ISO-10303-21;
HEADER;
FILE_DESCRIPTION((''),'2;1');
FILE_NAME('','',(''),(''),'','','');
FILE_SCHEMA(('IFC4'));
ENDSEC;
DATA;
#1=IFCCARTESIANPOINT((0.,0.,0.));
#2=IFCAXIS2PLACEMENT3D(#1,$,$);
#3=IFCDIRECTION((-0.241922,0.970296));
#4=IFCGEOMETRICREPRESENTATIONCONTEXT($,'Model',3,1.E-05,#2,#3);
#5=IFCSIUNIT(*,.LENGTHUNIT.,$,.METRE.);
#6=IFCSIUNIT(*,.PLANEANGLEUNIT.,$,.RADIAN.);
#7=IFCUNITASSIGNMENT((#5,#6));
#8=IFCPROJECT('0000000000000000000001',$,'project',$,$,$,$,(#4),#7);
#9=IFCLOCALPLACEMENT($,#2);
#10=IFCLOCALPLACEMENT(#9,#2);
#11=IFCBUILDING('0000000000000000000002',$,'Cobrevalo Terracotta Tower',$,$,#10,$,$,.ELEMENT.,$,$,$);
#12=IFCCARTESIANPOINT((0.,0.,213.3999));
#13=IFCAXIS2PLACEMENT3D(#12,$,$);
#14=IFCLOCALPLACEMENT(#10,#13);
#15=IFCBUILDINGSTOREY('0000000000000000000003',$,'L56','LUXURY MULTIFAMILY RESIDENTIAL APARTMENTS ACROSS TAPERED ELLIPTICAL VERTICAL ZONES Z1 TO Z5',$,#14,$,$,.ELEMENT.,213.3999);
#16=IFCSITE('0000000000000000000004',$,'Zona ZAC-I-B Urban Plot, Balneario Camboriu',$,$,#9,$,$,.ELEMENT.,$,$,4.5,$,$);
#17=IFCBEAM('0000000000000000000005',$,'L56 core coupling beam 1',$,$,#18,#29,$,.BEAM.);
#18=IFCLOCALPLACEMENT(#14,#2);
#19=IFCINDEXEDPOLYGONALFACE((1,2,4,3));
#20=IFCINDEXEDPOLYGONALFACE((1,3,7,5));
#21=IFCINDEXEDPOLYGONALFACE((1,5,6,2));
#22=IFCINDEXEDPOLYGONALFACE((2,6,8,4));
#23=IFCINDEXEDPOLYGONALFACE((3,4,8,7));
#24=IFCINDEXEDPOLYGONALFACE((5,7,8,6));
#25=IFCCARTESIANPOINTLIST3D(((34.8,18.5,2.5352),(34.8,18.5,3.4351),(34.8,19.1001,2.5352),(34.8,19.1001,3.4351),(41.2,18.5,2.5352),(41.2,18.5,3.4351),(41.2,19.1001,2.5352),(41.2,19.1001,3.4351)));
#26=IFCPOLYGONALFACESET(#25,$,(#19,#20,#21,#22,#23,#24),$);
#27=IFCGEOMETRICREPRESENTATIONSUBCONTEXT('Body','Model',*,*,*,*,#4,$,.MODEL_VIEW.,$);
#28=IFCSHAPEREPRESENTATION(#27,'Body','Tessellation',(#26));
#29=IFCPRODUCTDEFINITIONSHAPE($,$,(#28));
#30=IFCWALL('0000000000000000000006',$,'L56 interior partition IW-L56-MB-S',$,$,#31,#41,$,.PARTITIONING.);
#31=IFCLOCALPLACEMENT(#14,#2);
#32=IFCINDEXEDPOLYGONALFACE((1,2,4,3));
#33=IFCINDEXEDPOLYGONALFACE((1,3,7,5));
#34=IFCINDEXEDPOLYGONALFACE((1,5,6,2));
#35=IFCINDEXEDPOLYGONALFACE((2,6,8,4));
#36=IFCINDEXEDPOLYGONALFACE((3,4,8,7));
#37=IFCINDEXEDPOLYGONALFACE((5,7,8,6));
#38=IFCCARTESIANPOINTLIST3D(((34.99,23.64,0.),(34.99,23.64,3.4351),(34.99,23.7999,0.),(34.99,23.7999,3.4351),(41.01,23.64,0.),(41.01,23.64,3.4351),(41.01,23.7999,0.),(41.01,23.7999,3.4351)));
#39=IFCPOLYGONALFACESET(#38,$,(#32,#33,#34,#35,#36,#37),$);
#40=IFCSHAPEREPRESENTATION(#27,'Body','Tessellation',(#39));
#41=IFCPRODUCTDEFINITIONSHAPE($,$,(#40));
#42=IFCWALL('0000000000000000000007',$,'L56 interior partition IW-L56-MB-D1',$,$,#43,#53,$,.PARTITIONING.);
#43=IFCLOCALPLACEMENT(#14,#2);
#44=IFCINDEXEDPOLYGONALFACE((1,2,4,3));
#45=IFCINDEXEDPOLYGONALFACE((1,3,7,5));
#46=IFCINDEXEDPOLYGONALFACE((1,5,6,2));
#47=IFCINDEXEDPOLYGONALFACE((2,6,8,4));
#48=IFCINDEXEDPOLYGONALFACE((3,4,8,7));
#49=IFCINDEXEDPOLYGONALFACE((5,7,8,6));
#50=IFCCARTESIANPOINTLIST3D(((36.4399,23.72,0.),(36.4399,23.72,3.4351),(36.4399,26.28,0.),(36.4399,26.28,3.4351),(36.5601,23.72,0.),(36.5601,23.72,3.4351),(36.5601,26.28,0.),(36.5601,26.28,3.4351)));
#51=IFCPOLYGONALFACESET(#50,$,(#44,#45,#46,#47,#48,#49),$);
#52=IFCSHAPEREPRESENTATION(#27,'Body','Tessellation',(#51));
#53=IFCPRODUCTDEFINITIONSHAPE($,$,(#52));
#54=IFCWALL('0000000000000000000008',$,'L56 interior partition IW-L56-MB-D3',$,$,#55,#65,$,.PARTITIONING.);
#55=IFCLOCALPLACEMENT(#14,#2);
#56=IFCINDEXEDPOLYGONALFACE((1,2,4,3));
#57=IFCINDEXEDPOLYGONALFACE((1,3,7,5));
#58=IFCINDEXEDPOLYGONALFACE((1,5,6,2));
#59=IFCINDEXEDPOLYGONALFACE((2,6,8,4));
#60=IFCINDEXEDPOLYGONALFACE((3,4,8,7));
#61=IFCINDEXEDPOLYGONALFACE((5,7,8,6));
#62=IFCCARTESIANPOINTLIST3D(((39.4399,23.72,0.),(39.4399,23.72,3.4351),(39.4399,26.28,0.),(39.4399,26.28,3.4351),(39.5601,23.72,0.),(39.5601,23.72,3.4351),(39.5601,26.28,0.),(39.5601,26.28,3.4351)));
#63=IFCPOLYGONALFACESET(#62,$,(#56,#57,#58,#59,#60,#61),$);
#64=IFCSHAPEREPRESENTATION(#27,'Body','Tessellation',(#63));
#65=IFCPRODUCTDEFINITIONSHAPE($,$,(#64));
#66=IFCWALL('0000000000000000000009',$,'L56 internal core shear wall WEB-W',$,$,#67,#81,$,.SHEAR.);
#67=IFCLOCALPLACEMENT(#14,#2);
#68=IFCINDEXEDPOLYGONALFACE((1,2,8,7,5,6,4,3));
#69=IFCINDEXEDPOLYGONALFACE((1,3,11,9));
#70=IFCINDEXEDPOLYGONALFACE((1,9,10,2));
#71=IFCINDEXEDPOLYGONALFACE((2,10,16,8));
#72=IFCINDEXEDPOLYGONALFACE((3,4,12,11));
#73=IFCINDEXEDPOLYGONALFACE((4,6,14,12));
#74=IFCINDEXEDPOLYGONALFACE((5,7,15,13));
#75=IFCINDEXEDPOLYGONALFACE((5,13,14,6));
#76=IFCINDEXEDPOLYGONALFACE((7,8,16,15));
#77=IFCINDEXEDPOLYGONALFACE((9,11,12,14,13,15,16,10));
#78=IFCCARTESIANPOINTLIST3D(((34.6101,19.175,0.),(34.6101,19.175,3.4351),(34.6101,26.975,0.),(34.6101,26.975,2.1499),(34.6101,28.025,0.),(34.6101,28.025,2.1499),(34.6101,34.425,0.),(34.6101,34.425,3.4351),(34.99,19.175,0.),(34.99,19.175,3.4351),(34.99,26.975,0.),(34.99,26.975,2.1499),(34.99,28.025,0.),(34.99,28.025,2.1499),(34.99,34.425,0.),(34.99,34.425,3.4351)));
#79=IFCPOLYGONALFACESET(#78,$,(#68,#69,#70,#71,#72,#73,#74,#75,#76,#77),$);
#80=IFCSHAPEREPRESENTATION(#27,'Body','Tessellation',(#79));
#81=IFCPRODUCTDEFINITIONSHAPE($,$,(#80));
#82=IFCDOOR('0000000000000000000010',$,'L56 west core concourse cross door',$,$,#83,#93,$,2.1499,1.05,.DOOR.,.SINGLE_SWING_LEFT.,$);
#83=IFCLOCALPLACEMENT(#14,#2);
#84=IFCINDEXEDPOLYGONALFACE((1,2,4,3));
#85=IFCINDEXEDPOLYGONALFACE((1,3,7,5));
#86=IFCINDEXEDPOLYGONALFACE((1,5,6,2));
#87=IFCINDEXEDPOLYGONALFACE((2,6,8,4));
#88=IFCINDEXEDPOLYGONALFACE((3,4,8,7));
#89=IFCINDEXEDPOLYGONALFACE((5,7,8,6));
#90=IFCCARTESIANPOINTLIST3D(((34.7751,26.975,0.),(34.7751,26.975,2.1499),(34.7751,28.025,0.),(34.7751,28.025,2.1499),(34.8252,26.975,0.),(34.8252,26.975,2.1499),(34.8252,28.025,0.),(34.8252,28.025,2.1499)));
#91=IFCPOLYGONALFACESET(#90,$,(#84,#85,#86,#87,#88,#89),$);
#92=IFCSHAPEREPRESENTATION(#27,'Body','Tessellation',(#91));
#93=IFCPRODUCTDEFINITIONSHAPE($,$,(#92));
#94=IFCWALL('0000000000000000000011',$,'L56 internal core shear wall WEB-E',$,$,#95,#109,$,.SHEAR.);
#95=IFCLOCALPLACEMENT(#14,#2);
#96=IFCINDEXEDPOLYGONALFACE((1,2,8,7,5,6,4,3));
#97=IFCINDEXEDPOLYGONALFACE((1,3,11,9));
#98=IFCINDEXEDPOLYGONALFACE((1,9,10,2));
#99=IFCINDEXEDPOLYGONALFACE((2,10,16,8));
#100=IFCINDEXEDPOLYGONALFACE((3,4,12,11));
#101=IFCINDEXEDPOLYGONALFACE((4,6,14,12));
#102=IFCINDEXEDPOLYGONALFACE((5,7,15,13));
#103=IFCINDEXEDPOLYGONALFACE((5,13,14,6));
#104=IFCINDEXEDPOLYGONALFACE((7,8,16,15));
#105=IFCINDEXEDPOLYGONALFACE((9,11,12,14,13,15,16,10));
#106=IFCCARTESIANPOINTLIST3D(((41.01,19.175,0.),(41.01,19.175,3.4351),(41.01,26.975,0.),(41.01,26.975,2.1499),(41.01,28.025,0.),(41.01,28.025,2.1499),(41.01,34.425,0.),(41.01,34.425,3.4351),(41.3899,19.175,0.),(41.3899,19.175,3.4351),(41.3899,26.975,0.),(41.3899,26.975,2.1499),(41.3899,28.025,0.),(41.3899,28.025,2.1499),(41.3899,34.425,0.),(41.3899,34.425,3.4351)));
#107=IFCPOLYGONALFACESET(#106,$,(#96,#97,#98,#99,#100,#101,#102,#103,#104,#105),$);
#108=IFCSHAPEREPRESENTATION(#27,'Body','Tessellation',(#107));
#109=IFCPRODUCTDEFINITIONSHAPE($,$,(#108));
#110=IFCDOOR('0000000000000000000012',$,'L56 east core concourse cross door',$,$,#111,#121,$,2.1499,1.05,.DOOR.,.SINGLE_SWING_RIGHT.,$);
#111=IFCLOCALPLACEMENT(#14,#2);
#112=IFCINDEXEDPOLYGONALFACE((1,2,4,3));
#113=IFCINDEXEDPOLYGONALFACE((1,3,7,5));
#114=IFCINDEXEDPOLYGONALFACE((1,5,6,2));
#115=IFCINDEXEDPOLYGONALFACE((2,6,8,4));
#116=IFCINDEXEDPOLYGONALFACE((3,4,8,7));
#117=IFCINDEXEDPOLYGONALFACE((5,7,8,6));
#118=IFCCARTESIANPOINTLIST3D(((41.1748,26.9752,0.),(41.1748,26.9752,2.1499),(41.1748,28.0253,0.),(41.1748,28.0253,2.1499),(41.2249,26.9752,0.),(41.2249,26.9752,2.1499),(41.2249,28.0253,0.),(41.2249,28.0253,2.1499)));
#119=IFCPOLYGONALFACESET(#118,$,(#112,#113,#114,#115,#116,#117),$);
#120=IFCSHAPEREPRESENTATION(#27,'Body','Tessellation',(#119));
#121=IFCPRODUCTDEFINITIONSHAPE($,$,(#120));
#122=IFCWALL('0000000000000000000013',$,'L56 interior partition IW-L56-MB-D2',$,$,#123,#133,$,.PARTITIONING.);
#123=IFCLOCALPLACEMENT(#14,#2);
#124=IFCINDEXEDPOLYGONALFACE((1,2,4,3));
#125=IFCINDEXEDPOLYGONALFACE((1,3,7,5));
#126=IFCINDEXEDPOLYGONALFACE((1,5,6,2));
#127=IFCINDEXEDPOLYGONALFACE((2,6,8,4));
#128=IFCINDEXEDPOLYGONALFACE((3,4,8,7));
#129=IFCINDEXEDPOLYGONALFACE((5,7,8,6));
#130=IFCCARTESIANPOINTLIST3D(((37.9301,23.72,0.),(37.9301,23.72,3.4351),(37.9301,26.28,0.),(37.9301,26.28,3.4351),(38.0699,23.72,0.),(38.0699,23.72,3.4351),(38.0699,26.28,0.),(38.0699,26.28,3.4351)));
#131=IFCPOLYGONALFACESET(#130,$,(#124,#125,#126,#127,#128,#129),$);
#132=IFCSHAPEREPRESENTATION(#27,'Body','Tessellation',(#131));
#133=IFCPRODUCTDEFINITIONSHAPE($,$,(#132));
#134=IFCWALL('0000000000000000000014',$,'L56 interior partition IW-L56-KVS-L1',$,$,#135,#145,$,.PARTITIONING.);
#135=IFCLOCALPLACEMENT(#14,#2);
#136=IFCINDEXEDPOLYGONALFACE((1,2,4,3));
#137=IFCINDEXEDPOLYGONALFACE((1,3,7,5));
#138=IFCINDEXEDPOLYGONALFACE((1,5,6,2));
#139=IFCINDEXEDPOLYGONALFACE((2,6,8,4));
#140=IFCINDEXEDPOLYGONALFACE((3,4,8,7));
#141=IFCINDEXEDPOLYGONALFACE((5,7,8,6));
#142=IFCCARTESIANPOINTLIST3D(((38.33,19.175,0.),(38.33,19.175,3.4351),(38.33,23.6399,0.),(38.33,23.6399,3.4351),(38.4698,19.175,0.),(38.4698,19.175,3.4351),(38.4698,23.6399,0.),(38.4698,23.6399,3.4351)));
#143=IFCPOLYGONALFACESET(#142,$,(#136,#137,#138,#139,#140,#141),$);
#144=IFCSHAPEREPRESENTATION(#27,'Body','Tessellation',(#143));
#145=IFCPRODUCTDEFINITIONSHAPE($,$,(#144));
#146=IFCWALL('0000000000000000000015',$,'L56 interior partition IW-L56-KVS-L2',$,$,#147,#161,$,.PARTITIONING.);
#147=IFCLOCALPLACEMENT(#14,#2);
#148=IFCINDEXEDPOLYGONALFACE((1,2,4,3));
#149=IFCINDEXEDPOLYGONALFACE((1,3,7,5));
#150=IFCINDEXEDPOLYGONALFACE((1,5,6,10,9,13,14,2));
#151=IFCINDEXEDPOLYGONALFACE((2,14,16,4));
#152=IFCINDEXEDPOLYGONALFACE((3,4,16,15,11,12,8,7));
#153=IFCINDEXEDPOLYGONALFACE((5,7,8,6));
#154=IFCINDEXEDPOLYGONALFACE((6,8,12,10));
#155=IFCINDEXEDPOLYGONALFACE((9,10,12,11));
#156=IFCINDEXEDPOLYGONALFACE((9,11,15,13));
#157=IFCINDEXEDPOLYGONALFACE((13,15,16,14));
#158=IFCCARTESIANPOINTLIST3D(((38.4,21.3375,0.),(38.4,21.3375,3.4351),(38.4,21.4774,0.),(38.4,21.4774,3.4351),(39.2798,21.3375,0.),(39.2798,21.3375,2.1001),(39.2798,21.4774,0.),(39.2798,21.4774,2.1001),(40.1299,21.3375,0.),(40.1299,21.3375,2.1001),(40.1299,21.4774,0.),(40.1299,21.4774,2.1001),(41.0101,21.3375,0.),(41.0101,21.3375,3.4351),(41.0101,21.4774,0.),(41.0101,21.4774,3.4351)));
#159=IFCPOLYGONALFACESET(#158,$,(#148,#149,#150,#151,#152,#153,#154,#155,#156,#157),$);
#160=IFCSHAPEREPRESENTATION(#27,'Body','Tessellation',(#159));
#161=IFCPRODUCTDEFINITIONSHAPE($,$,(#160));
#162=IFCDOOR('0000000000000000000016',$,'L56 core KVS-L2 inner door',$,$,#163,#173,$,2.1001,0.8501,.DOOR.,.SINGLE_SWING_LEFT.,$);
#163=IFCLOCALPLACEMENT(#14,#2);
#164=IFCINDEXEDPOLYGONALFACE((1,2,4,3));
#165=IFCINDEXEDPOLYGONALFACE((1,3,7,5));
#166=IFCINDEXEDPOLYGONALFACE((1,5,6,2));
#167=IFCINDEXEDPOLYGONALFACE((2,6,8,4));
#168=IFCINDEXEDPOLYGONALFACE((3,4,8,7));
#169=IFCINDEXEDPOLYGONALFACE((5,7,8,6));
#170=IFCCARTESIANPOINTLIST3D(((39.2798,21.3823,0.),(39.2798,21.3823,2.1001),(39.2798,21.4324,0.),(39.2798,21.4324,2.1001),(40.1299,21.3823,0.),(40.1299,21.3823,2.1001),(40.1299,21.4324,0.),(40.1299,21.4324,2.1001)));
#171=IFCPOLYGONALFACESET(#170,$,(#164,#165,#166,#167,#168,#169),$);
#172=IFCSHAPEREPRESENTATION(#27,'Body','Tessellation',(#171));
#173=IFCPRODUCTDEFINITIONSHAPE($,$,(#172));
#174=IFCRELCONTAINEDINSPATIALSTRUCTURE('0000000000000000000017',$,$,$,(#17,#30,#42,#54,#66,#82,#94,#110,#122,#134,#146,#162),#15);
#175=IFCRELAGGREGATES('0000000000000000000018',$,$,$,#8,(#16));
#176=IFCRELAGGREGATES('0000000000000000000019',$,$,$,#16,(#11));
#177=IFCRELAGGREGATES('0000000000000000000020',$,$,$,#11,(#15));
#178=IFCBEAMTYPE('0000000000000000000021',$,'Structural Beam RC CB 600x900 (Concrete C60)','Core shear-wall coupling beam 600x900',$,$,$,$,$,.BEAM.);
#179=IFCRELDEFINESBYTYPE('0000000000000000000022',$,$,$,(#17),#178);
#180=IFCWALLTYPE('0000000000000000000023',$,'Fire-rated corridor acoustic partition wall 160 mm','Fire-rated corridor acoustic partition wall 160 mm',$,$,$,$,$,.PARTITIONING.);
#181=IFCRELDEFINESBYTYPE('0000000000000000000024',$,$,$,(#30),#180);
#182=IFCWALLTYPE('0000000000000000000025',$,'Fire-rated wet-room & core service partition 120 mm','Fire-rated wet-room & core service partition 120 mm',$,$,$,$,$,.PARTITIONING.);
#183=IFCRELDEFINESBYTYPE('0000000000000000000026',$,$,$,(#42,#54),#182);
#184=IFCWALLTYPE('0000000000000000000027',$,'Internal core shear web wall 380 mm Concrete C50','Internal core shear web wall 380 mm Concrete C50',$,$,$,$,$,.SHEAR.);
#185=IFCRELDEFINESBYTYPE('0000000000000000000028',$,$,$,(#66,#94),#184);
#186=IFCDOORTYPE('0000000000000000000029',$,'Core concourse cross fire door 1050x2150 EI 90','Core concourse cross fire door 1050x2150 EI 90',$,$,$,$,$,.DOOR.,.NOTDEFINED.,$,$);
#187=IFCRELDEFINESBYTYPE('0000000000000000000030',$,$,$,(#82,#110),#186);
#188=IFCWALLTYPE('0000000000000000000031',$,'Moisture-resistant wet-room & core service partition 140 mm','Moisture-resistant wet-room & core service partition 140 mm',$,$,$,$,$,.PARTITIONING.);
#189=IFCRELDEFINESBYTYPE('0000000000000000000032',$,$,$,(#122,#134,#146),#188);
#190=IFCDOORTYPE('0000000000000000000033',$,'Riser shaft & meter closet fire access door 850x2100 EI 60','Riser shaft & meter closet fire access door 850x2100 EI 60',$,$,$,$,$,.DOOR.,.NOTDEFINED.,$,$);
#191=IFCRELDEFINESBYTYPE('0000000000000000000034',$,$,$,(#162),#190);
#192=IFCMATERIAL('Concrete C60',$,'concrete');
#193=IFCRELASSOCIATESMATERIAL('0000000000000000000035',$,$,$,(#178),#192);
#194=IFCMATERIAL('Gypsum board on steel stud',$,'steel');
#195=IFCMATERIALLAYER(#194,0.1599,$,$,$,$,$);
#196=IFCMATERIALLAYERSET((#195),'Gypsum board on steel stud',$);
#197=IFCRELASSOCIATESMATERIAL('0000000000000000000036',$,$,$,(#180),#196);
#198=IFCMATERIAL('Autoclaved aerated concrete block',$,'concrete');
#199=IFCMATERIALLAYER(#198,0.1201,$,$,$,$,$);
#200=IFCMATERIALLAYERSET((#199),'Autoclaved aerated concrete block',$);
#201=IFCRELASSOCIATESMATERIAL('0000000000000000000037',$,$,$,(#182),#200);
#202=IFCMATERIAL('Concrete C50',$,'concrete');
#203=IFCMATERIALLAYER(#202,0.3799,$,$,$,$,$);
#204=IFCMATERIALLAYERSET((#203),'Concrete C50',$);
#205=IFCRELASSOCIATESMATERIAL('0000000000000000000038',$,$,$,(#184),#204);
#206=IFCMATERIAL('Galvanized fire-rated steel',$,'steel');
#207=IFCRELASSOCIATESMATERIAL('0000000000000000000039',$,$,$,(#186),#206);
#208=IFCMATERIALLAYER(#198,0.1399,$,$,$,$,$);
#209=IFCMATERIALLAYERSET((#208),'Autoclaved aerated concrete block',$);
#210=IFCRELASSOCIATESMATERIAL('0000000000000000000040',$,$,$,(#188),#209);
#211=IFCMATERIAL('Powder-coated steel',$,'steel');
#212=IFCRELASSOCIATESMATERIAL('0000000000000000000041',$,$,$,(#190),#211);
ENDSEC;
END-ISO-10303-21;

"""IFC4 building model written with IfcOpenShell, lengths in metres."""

from ifc_helpers import new_model, si_unit, direction, frame, frame_2d, origin, origin_2d, place, context, subcontext, project, spatial, rectangle, extrude, source, transform, mapped, material, layer, layer_set, material_profile, profile_set, type_object, element, fill, save


model = new_model("IFC4")

# Units and contexts
model_context = context("Model", 3, precision=1e-05, world=origin(), true_north=direction((-0.241922, 0.970296)))
body_context = subcontext(model_context, "Body", "Model", "MODEL_VIEW")
ifc_project = project(units=[si_unit("LENGTHUNIT", "METRE"), si_unit("PLANEANGLEUNIT", "RADIAN")], contexts=[model_context])

# Site, building, storey
site_placement = place(None, origin())
site = spatial("IfcSite", under=ifc_project, at=site_placement, Name="Zona ZAC-I-B Urban Plot, Balneario Camboriu", CompositionType="ELEMENT", RefElevation=4.5)
building_placement = place(site_placement, origin())
building = spatial("IfcBuilding", under=site, at=building_placement, Name="Cobrevalo Terracotta Tower", CompositionType="ELEMENT")
storey_placement = place(building_placement, frame((0.0, 0.0, 213.3999)))
storey = spatial("IfcBuildingStorey", under=building, at=storey_placement, Name="L56", Description="LUXURY MULTIFAMILY RESIDENTIAL APARTMENTS ACROSS TAPERED ELLIPTICAL VERTICAL ZONES Z1 TO Z5", CompositionType="ELEMENT", Elevation=213.3999)

# Beam
ifc_material_1 = material(Name="Concrete C60", Category="concrete")
ifc_material_profile = material_profile(ifc_material_1, rectangle(XDim=0.6001, YDim=0.8999, at=origin_2d()), Name="RC CB 600x900")
ifc_profile_set = profile_set([ifc_material_profile], Name="Concrete C60")
beam_type = type_object("IfcBeamType", Name="Structural Beam RC CB 600x900 (Concrete C60)", Description="Core shear-wall coupling beam 600x900", PredefinedType="BEAM", material=ifc_profile_set)
beam_placement = place(storey_placement, frame((34.8, 18.8, 2.9851), z_axis=(1.0, 0.0, 0.0), x_axis=(0.0, 1.0, 0.0)))
element("IfcBeam", 1, at=beam_placement, inside=storey, type_object=beam_type, Name="L56 core coupling beam 1", PredefinedType="BEAM", context=body_context, shape_type="SweptSolid", body=[
    extrude(rectangle(XDim=0.6001, YDim=0.8999, at=origin_2d()), origin(), (0.0, 0.0, 1.0), 6.3999),
])

# Walls
ifc_material_2 = material(Name="Gypsum board on steel stud", Category="steel")
ifc_layer_1 = layer(ifc_material_2, 0.1599)
ifc_layer_set_1 = layer_set([ifc_layer_1], Name="Gypsum board on steel stud")
wall_type_1 = type_object("IfcWallType", Name="Fire-rated corridor acoustic partition wall 160 mm", Description="Fire-rated corridor acoustic partition wall 160 mm", PredefinedType="PARTITIONING", material=ifc_layer_set_1)
wall_1_placement = place(storey_placement, frame((34.99, 23.72, 0.0), z_axis=(0.0, 0.0, 1.0), x_axis=(1.0, 0.0, 0.0)))
element("IfcWall", 2, at=wall_1_placement, inside=storey, type_object=wall_type_1, Name="L56 interior partition IW-L56-MB-S", PredefinedType="PARTITIONING", context=body_context, shape_type="SweptSolid", body=[
    extrude(rectangle(XDim=6.02, YDim=0.1599, at=frame_2d((3.01, 0.0))), origin(), (0.0, 0.0, 1.0), 3.4351),
])
ifc_material_3 = material(Name="Autoclaved aerated concrete block", Category="concrete")
ifc_layer_2 = layer(ifc_material_3, 0.1201)
ifc_layer_set_2 = layer_set([ifc_layer_2], Name="Autoclaved aerated concrete block")
wall_type_2 = type_object("IfcWallType", Name="Fire-rated wet-room & core service partition 120 mm", Description="Fire-rated wet-room & core service partition 120 mm", PredefinedType="PARTITIONING", material=ifc_layer_set_2)
for number, where, z_axis, x_axis, name in (
    (3, (36.5, 23.72, 0.0), (0.0, 0.0, 1.0), (0.0, 1.0, 0.0), "L56 interior partition IW-L56-MB-D1"),
    (4, (39.5, 23.72, 0.0), (0.0, 0.0, 1.0), (0.0, 1.0, 0.0), "L56 interior partition IW-L56-MB-D3"),
):
    element("IfcWall", number, at=place(storey_placement, frame(where, z_axis=z_axis, x_axis=x_axis)), inside=storey, type_object=wall_type_2, Name=name, PredefinedType="PARTITIONING", context=body_context, shape_type="SweptSolid", body=[
        extrude(rectangle(XDim=2.5601, YDim=0.1201, at=frame_2d((1.28, 0.0))), origin(), (0.0, 0.0, 1.0), 3.4351),
    ])

# Walls, openings, doors
ifc_material_4 = material(Name="Concrete C50", Category="concrete")
ifc_layer_3 = layer(ifc_material_4, 0.3799)
ifc_layer_set_3 = layer_set([ifc_layer_3], Name="Concrete C50")
wall_type_3 = type_object("IfcWallType", Name="Internal core shear web wall 380 mm Concrete C50", Description="Internal core shear web wall 380 mm Concrete C50", PredefinedType="SHEAR", material=ifc_layer_set_3)
wall_2_placement = place(storey_placement, frame((34.8, 19.175, 0.0), z_axis=(0.0, 0.0, 1.0), x_axis=(0.0, 1.0, 0.0)))
wall_2 = element("IfcWall", 5, at=wall_2_placement, inside=storey, type_object=wall_type_3, Name="L56 internal core shear wall WEB-W", PredefinedType="SHEAR", context=body_context, shape_type="SweptSolid", body=[
    extrude(rectangle(XDim=15.25, YDim=0.3799, at=frame_2d((7.625, 0.0))), origin(), (0.0, 0.0, 1.0), 3.4351),
])
opening_1_placement = place(wall_2_placement, frame((7.8, 0.0, 0.0)))
opening_1 = element("IfcOpeningElement", 6, at=opening_1_placement, cuts=wall_2, PredefinedType="OPENING", context=body_context, shape_type="SweptSolid", body=[
    extrude(rectangle(XDim=1.05, YDim=2.1499, at=frame_2d((0.5249, 1.075))), frame((0.0, 0.2, 0.0), z_axis=(0.0, -1.0, 0.0), x_axis=(1.0, 0.0, 0.0)), (0.0, 0.0, 1.0), 0.3999),
])
ifc_material_5 = material(Name="Galvanized fire-rated steel", Category="steel")
door_type_1 = type_object("IfcDoorType", Name="Core concourse cross fire door 1050x2150 EI 90", Description="Core concourse cross fire door 1050x2150 EI 90", OperationType="NOTDEFINED", PredefinedType="DOOR", material=ifc_material_5)
shared_shape_1 = source(origin(), body_context, "Body", "SweptSolid", [
    extrude(rectangle(XDim=1.05, YDim=2.1499, at=frame_2d((0.5249, 1.075))), frame((0.0, 0.0249, 0.0), z_axis=(0.0, -1.0, 0.0), x_axis=(1.0, 0.0, 0.0)), (0.0, 0.0, 1.0), 0.05),
])
door_1_placement = place(opening_1_placement, origin())
door_1 = element("IfcDoor", 7, at=door_1_placement, inside=storey, type_object=door_type_1, Name="L56 west core concourse cross door", OperationType="SINGLE_SWING_LEFT", OverallHeight=2.1499, OverallWidth=1.05, PredefinedType="DOOR", context=body_context, shape_type="MappedRepresentation", body=[
    mapped(shared_shape_1, transform((0.0, 0.0, 0.0), scale=1.0)),
])
fill(opening_1, door_1)
wall_3_placement = place(storey_placement, frame((41.2, 19.175, 0.0), z_axis=(0.0, 0.0, 1.0), x_axis=(0.0, 1.0, 0.0)))
wall_3 = element("IfcWall", 8, at=wall_3_placement, inside=storey, type_object=wall_type_3, Name="L56 internal core shear wall WEB-E", PredefinedType="SHEAR", context=body_context, shape_type="SweptSolid", body=[
    extrude(rectangle(XDim=15.25, YDim=0.3799, at=frame_2d((7.625, 0.0))), origin(), (0.0, 0.0, 1.0), 3.4351),
])
opening_2_placement = place(wall_3_placement, frame((7.8, 0.0, 0.0)))
opening_2 = element("IfcOpeningElement", 9, at=opening_2_placement, cuts=wall_3, PredefinedType="OPENING", context=body_context, shape_type="SweptSolid", body=[
    extrude(rectangle(XDim=1.05, YDim=2.1499, at=frame_2d((0.5249, 1.075))), frame((0.0, 0.2, 0.0), z_axis=(0.0, -1.0, 0.0), x_axis=(1.0, 0.0, 0.0)), (0.0, 0.0, 1.0), 0.3999),
])
door_2_placement = place(opening_2_placement, frame((1.05, 0.0, 0.0), z_axis=(0.0, 0.0, 1.0), x_axis=(-1.0, 0.0, 0.0)))
door_2 = element("IfcDoor", 10, at=door_2_placement, inside=storey, type_object=door_type_1, Name="L56 east core concourse cross door", OperationType="SINGLE_SWING_RIGHT", OverallHeight=2.1499, OverallWidth=1.05, PredefinedType="DOOR", context=body_context, shape_type="MappedRepresentation", body=[
    mapped(shared_shape_1, transform((0.0, 0.0, 0.0), scale=1.0)),
])
fill(opening_2, door_2)

# Walls
ifc_layer_4 = layer(ifc_material_3, 0.1399)
ifc_layer_set_4 = layer_set([ifc_layer_4], Name="Autoclaved aerated concrete block")
wall_type_4 = type_object("IfcWallType", Name="Moisture-resistant wet-room & core service partition 140 mm", Description="Moisture-resistant wet-room & core service partition 140 mm", PredefinedType="PARTITIONING", material=ifc_layer_set_4)
wall_4_placement = place(storey_placement, frame((38.0, 23.72, 0.0), z_axis=(0.0, 0.0, 1.0), x_axis=(0.0, 1.0, 0.0)))
element("IfcWall", 11, at=wall_4_placement, inside=storey, type_object=wall_type_4, Name="L56 interior partition IW-L56-MB-D2", PredefinedType="PARTITIONING", context=body_context, shape_type="SweptSolid", body=[
    extrude(rectangle(XDim=2.5601, YDim=0.1399, at=frame_2d((1.28, 0.0))), origin(), (0.0, 0.0, 1.0), 3.4351),
])
wall_5_placement = place(storey_placement, frame((38.3999, 19.175, 0.0), z_axis=(0.0, 0.0, 1.0), x_axis=(0.0, 1.0, 0.0)))
element("IfcWall", 12, at=wall_5_placement, inside=storey, type_object=wall_type_4, Name="L56 interior partition IW-L56-KVS-L1", PredefinedType="PARTITIONING", context=body_context, shape_type="SweptSolid", body=[
    extrude(rectangle(XDim=4.4648, YDim=0.1399, at=frame_2d((2.2324, 0.0))), origin(), (0.0, 0.0, 1.0), 3.4351),
])

# Wall, opening, door
wall_6_placement = place(storey_placement, frame((38.3999, 21.4075, 0.0), z_axis=(0.0, 0.0, 1.0), x_axis=(1.0, 0.0, 0.0)))
wall_6 = element("IfcWall", 13, at=wall_6_placement, inside=storey, type_object=wall_type_4, Name="L56 interior partition IW-L56-KVS-L2", PredefinedType="PARTITIONING", context=body_context, shape_type="SweptSolid", body=[
    extrude(rectangle(XDim=2.6101, YDim=0.1399, at=frame_2d((1.3052, 0.0))), origin(), (0.0, 0.0, 1.0), 3.4351),
])
opening_3_placement = place(wall_6_placement, frame((0.8799, 0.0, 0.0)))
opening_3 = element("IfcOpeningElement", 14, at=opening_3_placement, cuts=wall_6, PredefinedType="OPENING", context=body_context, shape_type="SweptSolid", body=[
    extrude(rectangle(XDim=0.8501, YDim=2.1001, at=frame_2d((0.425, 1.05))), frame((0.0, 0.0801, 0.0), z_axis=(0.0, -1.0, 0.0), x_axis=(1.0, 0.0, 0.0)), (0.0, 0.0, 1.0), 0.1599),
])
ifc_material_6 = material(Name="Powder-coated steel", Category="steel")
door_type_2 = type_object("IfcDoorType", Name="Riser shaft & meter closet fire access door 850x2100 EI 60", Description="Riser shaft & meter closet fire access door 850x2100 EI 60", OperationType="NOTDEFINED", PredefinedType="DOOR", material=ifc_material_6)
shared_shape_2 = source(origin(), body_context, "Body", "SweptSolid", [
    extrude(rectangle(XDim=0.8501, YDim=2.1001, at=frame_2d((0.425, 1.05))), frame((0.0, 0.0249, 0.0), z_axis=(0.0, -1.0, 0.0), x_axis=(1.0, 0.0, 0.0)), (0.0, 0.0, 1.0), 0.05),
])
door_3_placement = place(opening_3_placement, origin())
door_3 = element("IfcDoor", 15, at=door_3_placement, inside=storey, type_object=door_type_2, Name="L56 core KVS-L2 inner door", OperationType="SINGLE_SWING_LEFT", OverallHeight=2.1001, OverallWidth=0.8501, PredefinedType="DOOR", context=body_context, shape_type="MappedRepresentation", body=[
    mapped(shared_shape_2, transform((0.0, 0.0, 0.0), scale=1.0)),
])
fill(opening_3, door_3)

save(model, "model.ifc")
